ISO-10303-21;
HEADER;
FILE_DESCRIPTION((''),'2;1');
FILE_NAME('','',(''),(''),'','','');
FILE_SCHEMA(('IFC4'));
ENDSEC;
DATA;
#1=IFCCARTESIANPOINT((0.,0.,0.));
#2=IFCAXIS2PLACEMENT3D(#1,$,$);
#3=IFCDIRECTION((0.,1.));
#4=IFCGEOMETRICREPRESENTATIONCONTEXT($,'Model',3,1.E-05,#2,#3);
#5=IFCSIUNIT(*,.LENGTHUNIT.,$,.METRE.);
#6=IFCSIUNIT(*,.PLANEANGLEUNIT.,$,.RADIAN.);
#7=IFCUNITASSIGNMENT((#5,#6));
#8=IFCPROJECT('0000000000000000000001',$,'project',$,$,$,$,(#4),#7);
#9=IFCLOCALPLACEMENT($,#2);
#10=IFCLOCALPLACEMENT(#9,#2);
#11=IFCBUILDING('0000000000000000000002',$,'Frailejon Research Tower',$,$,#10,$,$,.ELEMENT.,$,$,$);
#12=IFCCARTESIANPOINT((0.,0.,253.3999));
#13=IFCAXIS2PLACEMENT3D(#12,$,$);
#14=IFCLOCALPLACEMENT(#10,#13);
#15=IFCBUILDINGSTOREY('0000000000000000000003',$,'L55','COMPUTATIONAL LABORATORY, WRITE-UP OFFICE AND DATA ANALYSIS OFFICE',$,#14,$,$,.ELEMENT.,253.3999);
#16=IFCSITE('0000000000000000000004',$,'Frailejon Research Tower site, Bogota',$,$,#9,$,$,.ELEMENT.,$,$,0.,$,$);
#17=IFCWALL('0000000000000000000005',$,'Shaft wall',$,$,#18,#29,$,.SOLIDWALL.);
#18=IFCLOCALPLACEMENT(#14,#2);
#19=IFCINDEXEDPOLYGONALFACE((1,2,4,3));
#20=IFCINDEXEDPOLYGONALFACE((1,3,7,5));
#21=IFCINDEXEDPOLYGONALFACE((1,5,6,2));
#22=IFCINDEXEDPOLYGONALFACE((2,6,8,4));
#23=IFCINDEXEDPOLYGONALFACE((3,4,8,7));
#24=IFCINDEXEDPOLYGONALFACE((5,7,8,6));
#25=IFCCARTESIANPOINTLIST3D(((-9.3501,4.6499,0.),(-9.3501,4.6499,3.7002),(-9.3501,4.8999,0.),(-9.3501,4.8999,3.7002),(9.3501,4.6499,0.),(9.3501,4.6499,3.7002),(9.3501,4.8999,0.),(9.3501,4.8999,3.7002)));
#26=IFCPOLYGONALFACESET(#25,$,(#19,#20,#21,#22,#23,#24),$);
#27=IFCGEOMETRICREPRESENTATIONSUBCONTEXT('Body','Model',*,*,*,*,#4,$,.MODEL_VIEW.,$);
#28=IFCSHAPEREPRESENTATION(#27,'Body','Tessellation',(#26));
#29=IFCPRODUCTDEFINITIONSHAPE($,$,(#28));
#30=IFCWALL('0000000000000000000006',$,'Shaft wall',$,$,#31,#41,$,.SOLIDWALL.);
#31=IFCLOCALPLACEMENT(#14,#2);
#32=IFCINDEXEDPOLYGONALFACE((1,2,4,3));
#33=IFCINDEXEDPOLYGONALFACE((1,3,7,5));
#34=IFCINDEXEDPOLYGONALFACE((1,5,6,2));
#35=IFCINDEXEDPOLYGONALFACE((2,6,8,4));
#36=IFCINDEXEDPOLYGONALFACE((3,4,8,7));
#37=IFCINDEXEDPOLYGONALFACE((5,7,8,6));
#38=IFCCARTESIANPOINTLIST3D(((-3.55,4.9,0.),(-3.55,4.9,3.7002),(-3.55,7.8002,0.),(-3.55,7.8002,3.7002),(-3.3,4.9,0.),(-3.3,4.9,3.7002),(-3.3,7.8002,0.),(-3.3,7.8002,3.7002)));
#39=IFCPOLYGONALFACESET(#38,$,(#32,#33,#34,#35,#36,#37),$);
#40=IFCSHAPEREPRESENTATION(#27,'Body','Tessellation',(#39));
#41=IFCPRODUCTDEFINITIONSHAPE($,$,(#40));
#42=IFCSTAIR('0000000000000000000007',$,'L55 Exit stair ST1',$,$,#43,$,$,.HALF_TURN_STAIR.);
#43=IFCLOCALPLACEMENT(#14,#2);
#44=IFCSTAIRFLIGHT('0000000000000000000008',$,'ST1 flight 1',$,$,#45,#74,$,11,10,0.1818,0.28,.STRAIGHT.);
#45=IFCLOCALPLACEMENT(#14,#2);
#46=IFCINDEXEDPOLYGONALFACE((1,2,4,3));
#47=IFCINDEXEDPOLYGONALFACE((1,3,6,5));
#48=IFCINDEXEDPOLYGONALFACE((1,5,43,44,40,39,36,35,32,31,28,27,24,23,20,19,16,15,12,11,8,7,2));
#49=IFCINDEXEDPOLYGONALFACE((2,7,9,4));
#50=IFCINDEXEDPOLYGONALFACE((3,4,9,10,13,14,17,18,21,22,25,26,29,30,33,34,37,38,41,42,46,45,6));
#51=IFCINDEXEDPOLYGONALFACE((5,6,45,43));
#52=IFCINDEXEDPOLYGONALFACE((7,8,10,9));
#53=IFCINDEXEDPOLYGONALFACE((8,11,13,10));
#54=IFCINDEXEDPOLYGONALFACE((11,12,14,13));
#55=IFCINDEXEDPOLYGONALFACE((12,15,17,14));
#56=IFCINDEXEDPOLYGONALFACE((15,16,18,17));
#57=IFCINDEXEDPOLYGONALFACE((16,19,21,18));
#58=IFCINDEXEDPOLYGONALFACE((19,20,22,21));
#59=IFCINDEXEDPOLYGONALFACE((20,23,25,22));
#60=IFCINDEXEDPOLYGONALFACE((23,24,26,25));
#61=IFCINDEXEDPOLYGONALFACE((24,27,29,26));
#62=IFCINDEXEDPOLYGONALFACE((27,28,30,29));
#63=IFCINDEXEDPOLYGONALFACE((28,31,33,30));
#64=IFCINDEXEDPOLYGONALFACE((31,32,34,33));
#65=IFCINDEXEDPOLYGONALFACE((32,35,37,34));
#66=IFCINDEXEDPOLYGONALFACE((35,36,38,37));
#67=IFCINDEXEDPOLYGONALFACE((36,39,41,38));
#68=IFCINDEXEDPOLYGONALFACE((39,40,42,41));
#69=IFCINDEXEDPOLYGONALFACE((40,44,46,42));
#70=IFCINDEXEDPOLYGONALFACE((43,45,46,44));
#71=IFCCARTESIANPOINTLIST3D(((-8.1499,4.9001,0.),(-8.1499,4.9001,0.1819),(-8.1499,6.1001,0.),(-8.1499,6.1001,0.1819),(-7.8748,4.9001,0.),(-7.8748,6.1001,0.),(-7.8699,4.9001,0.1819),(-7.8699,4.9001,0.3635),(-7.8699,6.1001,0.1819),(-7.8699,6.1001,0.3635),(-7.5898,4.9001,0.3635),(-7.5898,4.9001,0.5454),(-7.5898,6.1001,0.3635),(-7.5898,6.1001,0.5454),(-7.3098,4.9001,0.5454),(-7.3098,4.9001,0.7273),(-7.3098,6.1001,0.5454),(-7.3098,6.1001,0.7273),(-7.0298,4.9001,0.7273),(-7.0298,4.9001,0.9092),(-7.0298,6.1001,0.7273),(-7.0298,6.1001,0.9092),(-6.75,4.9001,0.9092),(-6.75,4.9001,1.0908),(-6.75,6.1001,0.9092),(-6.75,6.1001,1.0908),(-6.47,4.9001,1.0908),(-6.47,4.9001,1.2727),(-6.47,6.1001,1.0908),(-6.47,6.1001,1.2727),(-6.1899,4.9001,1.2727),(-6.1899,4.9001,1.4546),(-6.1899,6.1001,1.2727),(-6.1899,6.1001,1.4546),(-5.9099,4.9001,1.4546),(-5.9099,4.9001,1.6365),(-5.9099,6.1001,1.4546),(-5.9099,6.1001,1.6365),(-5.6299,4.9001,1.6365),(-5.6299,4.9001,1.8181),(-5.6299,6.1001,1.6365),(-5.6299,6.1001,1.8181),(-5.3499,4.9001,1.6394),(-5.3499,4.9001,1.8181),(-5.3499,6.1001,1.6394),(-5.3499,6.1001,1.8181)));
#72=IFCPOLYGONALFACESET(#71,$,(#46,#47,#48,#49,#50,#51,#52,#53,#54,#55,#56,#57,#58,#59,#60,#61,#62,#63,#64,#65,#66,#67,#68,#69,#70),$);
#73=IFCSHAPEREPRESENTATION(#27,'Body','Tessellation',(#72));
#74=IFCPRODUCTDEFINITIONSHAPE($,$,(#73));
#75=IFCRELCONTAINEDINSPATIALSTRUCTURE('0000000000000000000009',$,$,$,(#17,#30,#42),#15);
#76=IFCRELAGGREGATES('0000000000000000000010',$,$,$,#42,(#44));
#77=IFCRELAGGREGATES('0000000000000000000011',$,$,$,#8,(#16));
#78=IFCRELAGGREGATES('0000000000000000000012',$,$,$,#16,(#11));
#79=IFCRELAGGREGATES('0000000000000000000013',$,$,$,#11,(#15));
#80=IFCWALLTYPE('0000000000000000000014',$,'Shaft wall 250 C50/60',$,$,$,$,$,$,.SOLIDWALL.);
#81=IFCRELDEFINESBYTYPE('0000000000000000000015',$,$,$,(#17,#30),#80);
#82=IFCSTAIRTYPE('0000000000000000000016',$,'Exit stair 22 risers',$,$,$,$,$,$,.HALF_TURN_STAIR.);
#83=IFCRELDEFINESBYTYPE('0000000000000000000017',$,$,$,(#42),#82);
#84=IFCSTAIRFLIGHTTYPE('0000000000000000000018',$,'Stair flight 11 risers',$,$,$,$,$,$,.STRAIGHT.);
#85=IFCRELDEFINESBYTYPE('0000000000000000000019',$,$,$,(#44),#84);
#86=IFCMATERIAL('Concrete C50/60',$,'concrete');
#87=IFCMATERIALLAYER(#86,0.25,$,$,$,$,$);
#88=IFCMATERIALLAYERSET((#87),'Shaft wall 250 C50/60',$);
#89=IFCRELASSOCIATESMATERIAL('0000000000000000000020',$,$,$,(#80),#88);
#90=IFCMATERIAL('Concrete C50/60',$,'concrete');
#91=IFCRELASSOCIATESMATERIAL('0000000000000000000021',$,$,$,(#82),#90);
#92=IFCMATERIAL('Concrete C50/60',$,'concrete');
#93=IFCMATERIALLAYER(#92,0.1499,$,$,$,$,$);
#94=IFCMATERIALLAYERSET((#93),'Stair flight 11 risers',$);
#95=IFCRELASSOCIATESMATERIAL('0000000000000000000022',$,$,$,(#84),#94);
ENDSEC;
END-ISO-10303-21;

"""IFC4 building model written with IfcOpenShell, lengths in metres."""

from ifc_helpers import new_model, si_unit, direction, frame, frame_2d, origin, place, context, subcontext, project, spatial, polyline, rectangle, outline, extrude, material, layer, layer_set, type_object, element, aggregate, save


model = new_model("IFC4")

# Units and contexts
model_context = context("Model", 3, precision=1e-05, world=origin(), true_north=direction((0.0, 1.0)))
body_context = subcontext(model_context, "Body", "Model", "MODEL_VIEW")
ifc_project = project(units=[si_unit("LENGTHUNIT", "METRE"), si_unit("PLANEANGLEUNIT", "RADIAN")], contexts=[model_context])

# Site, building, storey
site_placement = place(None, origin())
site = spatial("IfcSite", under=ifc_project, at=site_placement, Name="Frailejon Research Tower site, Bogota", CompositionType="ELEMENT", RefElevation=0.0)
building_placement = place(site_placement, origin())
building = spatial("IfcBuilding", under=site, at=building_placement, Name="Frailejon Research Tower", CompositionType="ELEMENT")
storey_placement = place(building_placement, frame((0.0, 0.0, 253.3999)))
storey = spatial("IfcBuildingStorey", under=building, at=storey_placement, Name="L55", Description="COMPUTATIONAL LABORATORY, WRITE-UP OFFICE AND DATA ANALYSIS OFFICE", CompositionType="ELEMENT", Elevation=253.3999)

# Shared definitions
ifc_material_1 = material(Name="Concrete C50/60", Category="concrete")
ifc_layer_1 = layer(ifc_material_1, 0.25)
ifc_layer_set_1 = layer_set([ifc_layer_1], Name="Shaft wall 250 C50/60")
wall_type_1 = type_object("IfcWallType", Name="Shaft wall 250 C50/60", PredefinedType="SOLIDWALL", material=ifc_layer_set_1)

# Walls
wall_1_placement = place(storey_placement, frame((-9.3501, 4.7749, 0.0), z_axis=(0.0, 0.0, 1.0), x_axis=(1.0, 0.0, 0.0)))
element("IfcWall", 1, at=wall_1_placement, inside=storey, type_object=wall_type_1, Name="Shaft wall", PredefinedType="SOLIDWALL", context=body_context, shape_type="SweptSolid", body=[
    extrude(rectangle(XDim=18.7002, YDim=0.25, at=frame_2d((9.3501, 0.0))), origin(), (0.0, 0.0, 1.0), 3.7002),
])
wall_2_placement = place(storey_placement, frame((-3.425, 4.8999, 0.0), z_axis=(0.0, 0.0, 1.0), x_axis=(0.0, 1.0, 0.0)))
element("IfcWall", 2, at=wall_2_placement, inside=storey, type_object=wall_type_1, Name="Shaft wall", PredefinedType="SOLIDWALL", context=body_context, shape_type="SweptSolid", body=[
    extrude(rectangle(XDim=2.9001, YDim=0.25, at=frame_2d((1.4502, 0.0))), origin(), (0.0, 0.0, 1.0), 3.7002),
])

# Stair, stair flight
ifc_material_2 = material(Name="Concrete C50/60", Category="concrete")
stair_type = type_object("IfcStairType", Name="Exit stair 22 risers", PredefinedType="HALF_TURN_STAIR", material=ifc_material_2)
stair_placement = place(storey_placement, origin())
stair = element("IfcStair", 3, at=stair_placement, inside=storey, type_object=stair_type, Name="L55 Exit stair ST1", PredefinedType="HALF_TURN_STAIR")
ifc_material_3 = material(Name="Concrete C50/60", Category="concrete")
ifc_layer_2 = layer(ifc_material_3, 0.1499)
ifc_layer_set_2 = layer_set([ifc_layer_2], Name="Stair flight 11 risers")
stair_flight_type = type_object("IfcStairFlightType", Name="Stair flight 11 risers", PredefinedType="STRAIGHT", material=ifc_layer_set_2)
stair_flight_placement = place(storey_placement, frame((-8.1499, 5.5, 0.0), z_axis=(0.0, 0.0, 1.0), x_axis=(1.0, 0.0, 0.0)))
stair_flight = element("IfcStairFlight", 4, at=stair_flight_placement, type_object=stair_flight_type, Name="ST1 flight 1", NumberOfRisers=11, NumberOfTreads=10, PredefinedType="STRAIGHT", RiserHeight=0.1818, TreadLength=0.28, context=body_context, shape_type="SweptSolid", body=[
    extrude(outline(polyline([(0.0, 0.0), (0.0, 0.1819), (0.28, 0.1819), (0.28, 0.3635), (0.5601, 0.3635), (0.5601, 0.5454), (0.8401, 0.5454), (0.8401, 0.7273), (1.1201, 0.7273), (1.1201, 0.9092), (1.3999, 0.9092), (1.3999, 1.0908), (1.6799, 1.0908), (1.6799, 1.2727), (1.96, 1.2727), (1.96, 1.4546), (2.24, 1.4546), (2.24, 1.6365), (2.52, 1.6365), (2.52, 1.8181), (2.8, 1.8181), (2.8, 2.0), (2.8, 1.6394), (0.2751, 0.0), (0.0, 0.0)])), frame((0.0, 0.6001, 0.0), z_axis=(0.0, -1.0, 0.0), x_axis=(1.0, 0.0, 0.0)), (0.0, 0.0, 1.0), 1.2),
])
aggregate(stair, [stair_flight])

save(model, "model.ifc")
